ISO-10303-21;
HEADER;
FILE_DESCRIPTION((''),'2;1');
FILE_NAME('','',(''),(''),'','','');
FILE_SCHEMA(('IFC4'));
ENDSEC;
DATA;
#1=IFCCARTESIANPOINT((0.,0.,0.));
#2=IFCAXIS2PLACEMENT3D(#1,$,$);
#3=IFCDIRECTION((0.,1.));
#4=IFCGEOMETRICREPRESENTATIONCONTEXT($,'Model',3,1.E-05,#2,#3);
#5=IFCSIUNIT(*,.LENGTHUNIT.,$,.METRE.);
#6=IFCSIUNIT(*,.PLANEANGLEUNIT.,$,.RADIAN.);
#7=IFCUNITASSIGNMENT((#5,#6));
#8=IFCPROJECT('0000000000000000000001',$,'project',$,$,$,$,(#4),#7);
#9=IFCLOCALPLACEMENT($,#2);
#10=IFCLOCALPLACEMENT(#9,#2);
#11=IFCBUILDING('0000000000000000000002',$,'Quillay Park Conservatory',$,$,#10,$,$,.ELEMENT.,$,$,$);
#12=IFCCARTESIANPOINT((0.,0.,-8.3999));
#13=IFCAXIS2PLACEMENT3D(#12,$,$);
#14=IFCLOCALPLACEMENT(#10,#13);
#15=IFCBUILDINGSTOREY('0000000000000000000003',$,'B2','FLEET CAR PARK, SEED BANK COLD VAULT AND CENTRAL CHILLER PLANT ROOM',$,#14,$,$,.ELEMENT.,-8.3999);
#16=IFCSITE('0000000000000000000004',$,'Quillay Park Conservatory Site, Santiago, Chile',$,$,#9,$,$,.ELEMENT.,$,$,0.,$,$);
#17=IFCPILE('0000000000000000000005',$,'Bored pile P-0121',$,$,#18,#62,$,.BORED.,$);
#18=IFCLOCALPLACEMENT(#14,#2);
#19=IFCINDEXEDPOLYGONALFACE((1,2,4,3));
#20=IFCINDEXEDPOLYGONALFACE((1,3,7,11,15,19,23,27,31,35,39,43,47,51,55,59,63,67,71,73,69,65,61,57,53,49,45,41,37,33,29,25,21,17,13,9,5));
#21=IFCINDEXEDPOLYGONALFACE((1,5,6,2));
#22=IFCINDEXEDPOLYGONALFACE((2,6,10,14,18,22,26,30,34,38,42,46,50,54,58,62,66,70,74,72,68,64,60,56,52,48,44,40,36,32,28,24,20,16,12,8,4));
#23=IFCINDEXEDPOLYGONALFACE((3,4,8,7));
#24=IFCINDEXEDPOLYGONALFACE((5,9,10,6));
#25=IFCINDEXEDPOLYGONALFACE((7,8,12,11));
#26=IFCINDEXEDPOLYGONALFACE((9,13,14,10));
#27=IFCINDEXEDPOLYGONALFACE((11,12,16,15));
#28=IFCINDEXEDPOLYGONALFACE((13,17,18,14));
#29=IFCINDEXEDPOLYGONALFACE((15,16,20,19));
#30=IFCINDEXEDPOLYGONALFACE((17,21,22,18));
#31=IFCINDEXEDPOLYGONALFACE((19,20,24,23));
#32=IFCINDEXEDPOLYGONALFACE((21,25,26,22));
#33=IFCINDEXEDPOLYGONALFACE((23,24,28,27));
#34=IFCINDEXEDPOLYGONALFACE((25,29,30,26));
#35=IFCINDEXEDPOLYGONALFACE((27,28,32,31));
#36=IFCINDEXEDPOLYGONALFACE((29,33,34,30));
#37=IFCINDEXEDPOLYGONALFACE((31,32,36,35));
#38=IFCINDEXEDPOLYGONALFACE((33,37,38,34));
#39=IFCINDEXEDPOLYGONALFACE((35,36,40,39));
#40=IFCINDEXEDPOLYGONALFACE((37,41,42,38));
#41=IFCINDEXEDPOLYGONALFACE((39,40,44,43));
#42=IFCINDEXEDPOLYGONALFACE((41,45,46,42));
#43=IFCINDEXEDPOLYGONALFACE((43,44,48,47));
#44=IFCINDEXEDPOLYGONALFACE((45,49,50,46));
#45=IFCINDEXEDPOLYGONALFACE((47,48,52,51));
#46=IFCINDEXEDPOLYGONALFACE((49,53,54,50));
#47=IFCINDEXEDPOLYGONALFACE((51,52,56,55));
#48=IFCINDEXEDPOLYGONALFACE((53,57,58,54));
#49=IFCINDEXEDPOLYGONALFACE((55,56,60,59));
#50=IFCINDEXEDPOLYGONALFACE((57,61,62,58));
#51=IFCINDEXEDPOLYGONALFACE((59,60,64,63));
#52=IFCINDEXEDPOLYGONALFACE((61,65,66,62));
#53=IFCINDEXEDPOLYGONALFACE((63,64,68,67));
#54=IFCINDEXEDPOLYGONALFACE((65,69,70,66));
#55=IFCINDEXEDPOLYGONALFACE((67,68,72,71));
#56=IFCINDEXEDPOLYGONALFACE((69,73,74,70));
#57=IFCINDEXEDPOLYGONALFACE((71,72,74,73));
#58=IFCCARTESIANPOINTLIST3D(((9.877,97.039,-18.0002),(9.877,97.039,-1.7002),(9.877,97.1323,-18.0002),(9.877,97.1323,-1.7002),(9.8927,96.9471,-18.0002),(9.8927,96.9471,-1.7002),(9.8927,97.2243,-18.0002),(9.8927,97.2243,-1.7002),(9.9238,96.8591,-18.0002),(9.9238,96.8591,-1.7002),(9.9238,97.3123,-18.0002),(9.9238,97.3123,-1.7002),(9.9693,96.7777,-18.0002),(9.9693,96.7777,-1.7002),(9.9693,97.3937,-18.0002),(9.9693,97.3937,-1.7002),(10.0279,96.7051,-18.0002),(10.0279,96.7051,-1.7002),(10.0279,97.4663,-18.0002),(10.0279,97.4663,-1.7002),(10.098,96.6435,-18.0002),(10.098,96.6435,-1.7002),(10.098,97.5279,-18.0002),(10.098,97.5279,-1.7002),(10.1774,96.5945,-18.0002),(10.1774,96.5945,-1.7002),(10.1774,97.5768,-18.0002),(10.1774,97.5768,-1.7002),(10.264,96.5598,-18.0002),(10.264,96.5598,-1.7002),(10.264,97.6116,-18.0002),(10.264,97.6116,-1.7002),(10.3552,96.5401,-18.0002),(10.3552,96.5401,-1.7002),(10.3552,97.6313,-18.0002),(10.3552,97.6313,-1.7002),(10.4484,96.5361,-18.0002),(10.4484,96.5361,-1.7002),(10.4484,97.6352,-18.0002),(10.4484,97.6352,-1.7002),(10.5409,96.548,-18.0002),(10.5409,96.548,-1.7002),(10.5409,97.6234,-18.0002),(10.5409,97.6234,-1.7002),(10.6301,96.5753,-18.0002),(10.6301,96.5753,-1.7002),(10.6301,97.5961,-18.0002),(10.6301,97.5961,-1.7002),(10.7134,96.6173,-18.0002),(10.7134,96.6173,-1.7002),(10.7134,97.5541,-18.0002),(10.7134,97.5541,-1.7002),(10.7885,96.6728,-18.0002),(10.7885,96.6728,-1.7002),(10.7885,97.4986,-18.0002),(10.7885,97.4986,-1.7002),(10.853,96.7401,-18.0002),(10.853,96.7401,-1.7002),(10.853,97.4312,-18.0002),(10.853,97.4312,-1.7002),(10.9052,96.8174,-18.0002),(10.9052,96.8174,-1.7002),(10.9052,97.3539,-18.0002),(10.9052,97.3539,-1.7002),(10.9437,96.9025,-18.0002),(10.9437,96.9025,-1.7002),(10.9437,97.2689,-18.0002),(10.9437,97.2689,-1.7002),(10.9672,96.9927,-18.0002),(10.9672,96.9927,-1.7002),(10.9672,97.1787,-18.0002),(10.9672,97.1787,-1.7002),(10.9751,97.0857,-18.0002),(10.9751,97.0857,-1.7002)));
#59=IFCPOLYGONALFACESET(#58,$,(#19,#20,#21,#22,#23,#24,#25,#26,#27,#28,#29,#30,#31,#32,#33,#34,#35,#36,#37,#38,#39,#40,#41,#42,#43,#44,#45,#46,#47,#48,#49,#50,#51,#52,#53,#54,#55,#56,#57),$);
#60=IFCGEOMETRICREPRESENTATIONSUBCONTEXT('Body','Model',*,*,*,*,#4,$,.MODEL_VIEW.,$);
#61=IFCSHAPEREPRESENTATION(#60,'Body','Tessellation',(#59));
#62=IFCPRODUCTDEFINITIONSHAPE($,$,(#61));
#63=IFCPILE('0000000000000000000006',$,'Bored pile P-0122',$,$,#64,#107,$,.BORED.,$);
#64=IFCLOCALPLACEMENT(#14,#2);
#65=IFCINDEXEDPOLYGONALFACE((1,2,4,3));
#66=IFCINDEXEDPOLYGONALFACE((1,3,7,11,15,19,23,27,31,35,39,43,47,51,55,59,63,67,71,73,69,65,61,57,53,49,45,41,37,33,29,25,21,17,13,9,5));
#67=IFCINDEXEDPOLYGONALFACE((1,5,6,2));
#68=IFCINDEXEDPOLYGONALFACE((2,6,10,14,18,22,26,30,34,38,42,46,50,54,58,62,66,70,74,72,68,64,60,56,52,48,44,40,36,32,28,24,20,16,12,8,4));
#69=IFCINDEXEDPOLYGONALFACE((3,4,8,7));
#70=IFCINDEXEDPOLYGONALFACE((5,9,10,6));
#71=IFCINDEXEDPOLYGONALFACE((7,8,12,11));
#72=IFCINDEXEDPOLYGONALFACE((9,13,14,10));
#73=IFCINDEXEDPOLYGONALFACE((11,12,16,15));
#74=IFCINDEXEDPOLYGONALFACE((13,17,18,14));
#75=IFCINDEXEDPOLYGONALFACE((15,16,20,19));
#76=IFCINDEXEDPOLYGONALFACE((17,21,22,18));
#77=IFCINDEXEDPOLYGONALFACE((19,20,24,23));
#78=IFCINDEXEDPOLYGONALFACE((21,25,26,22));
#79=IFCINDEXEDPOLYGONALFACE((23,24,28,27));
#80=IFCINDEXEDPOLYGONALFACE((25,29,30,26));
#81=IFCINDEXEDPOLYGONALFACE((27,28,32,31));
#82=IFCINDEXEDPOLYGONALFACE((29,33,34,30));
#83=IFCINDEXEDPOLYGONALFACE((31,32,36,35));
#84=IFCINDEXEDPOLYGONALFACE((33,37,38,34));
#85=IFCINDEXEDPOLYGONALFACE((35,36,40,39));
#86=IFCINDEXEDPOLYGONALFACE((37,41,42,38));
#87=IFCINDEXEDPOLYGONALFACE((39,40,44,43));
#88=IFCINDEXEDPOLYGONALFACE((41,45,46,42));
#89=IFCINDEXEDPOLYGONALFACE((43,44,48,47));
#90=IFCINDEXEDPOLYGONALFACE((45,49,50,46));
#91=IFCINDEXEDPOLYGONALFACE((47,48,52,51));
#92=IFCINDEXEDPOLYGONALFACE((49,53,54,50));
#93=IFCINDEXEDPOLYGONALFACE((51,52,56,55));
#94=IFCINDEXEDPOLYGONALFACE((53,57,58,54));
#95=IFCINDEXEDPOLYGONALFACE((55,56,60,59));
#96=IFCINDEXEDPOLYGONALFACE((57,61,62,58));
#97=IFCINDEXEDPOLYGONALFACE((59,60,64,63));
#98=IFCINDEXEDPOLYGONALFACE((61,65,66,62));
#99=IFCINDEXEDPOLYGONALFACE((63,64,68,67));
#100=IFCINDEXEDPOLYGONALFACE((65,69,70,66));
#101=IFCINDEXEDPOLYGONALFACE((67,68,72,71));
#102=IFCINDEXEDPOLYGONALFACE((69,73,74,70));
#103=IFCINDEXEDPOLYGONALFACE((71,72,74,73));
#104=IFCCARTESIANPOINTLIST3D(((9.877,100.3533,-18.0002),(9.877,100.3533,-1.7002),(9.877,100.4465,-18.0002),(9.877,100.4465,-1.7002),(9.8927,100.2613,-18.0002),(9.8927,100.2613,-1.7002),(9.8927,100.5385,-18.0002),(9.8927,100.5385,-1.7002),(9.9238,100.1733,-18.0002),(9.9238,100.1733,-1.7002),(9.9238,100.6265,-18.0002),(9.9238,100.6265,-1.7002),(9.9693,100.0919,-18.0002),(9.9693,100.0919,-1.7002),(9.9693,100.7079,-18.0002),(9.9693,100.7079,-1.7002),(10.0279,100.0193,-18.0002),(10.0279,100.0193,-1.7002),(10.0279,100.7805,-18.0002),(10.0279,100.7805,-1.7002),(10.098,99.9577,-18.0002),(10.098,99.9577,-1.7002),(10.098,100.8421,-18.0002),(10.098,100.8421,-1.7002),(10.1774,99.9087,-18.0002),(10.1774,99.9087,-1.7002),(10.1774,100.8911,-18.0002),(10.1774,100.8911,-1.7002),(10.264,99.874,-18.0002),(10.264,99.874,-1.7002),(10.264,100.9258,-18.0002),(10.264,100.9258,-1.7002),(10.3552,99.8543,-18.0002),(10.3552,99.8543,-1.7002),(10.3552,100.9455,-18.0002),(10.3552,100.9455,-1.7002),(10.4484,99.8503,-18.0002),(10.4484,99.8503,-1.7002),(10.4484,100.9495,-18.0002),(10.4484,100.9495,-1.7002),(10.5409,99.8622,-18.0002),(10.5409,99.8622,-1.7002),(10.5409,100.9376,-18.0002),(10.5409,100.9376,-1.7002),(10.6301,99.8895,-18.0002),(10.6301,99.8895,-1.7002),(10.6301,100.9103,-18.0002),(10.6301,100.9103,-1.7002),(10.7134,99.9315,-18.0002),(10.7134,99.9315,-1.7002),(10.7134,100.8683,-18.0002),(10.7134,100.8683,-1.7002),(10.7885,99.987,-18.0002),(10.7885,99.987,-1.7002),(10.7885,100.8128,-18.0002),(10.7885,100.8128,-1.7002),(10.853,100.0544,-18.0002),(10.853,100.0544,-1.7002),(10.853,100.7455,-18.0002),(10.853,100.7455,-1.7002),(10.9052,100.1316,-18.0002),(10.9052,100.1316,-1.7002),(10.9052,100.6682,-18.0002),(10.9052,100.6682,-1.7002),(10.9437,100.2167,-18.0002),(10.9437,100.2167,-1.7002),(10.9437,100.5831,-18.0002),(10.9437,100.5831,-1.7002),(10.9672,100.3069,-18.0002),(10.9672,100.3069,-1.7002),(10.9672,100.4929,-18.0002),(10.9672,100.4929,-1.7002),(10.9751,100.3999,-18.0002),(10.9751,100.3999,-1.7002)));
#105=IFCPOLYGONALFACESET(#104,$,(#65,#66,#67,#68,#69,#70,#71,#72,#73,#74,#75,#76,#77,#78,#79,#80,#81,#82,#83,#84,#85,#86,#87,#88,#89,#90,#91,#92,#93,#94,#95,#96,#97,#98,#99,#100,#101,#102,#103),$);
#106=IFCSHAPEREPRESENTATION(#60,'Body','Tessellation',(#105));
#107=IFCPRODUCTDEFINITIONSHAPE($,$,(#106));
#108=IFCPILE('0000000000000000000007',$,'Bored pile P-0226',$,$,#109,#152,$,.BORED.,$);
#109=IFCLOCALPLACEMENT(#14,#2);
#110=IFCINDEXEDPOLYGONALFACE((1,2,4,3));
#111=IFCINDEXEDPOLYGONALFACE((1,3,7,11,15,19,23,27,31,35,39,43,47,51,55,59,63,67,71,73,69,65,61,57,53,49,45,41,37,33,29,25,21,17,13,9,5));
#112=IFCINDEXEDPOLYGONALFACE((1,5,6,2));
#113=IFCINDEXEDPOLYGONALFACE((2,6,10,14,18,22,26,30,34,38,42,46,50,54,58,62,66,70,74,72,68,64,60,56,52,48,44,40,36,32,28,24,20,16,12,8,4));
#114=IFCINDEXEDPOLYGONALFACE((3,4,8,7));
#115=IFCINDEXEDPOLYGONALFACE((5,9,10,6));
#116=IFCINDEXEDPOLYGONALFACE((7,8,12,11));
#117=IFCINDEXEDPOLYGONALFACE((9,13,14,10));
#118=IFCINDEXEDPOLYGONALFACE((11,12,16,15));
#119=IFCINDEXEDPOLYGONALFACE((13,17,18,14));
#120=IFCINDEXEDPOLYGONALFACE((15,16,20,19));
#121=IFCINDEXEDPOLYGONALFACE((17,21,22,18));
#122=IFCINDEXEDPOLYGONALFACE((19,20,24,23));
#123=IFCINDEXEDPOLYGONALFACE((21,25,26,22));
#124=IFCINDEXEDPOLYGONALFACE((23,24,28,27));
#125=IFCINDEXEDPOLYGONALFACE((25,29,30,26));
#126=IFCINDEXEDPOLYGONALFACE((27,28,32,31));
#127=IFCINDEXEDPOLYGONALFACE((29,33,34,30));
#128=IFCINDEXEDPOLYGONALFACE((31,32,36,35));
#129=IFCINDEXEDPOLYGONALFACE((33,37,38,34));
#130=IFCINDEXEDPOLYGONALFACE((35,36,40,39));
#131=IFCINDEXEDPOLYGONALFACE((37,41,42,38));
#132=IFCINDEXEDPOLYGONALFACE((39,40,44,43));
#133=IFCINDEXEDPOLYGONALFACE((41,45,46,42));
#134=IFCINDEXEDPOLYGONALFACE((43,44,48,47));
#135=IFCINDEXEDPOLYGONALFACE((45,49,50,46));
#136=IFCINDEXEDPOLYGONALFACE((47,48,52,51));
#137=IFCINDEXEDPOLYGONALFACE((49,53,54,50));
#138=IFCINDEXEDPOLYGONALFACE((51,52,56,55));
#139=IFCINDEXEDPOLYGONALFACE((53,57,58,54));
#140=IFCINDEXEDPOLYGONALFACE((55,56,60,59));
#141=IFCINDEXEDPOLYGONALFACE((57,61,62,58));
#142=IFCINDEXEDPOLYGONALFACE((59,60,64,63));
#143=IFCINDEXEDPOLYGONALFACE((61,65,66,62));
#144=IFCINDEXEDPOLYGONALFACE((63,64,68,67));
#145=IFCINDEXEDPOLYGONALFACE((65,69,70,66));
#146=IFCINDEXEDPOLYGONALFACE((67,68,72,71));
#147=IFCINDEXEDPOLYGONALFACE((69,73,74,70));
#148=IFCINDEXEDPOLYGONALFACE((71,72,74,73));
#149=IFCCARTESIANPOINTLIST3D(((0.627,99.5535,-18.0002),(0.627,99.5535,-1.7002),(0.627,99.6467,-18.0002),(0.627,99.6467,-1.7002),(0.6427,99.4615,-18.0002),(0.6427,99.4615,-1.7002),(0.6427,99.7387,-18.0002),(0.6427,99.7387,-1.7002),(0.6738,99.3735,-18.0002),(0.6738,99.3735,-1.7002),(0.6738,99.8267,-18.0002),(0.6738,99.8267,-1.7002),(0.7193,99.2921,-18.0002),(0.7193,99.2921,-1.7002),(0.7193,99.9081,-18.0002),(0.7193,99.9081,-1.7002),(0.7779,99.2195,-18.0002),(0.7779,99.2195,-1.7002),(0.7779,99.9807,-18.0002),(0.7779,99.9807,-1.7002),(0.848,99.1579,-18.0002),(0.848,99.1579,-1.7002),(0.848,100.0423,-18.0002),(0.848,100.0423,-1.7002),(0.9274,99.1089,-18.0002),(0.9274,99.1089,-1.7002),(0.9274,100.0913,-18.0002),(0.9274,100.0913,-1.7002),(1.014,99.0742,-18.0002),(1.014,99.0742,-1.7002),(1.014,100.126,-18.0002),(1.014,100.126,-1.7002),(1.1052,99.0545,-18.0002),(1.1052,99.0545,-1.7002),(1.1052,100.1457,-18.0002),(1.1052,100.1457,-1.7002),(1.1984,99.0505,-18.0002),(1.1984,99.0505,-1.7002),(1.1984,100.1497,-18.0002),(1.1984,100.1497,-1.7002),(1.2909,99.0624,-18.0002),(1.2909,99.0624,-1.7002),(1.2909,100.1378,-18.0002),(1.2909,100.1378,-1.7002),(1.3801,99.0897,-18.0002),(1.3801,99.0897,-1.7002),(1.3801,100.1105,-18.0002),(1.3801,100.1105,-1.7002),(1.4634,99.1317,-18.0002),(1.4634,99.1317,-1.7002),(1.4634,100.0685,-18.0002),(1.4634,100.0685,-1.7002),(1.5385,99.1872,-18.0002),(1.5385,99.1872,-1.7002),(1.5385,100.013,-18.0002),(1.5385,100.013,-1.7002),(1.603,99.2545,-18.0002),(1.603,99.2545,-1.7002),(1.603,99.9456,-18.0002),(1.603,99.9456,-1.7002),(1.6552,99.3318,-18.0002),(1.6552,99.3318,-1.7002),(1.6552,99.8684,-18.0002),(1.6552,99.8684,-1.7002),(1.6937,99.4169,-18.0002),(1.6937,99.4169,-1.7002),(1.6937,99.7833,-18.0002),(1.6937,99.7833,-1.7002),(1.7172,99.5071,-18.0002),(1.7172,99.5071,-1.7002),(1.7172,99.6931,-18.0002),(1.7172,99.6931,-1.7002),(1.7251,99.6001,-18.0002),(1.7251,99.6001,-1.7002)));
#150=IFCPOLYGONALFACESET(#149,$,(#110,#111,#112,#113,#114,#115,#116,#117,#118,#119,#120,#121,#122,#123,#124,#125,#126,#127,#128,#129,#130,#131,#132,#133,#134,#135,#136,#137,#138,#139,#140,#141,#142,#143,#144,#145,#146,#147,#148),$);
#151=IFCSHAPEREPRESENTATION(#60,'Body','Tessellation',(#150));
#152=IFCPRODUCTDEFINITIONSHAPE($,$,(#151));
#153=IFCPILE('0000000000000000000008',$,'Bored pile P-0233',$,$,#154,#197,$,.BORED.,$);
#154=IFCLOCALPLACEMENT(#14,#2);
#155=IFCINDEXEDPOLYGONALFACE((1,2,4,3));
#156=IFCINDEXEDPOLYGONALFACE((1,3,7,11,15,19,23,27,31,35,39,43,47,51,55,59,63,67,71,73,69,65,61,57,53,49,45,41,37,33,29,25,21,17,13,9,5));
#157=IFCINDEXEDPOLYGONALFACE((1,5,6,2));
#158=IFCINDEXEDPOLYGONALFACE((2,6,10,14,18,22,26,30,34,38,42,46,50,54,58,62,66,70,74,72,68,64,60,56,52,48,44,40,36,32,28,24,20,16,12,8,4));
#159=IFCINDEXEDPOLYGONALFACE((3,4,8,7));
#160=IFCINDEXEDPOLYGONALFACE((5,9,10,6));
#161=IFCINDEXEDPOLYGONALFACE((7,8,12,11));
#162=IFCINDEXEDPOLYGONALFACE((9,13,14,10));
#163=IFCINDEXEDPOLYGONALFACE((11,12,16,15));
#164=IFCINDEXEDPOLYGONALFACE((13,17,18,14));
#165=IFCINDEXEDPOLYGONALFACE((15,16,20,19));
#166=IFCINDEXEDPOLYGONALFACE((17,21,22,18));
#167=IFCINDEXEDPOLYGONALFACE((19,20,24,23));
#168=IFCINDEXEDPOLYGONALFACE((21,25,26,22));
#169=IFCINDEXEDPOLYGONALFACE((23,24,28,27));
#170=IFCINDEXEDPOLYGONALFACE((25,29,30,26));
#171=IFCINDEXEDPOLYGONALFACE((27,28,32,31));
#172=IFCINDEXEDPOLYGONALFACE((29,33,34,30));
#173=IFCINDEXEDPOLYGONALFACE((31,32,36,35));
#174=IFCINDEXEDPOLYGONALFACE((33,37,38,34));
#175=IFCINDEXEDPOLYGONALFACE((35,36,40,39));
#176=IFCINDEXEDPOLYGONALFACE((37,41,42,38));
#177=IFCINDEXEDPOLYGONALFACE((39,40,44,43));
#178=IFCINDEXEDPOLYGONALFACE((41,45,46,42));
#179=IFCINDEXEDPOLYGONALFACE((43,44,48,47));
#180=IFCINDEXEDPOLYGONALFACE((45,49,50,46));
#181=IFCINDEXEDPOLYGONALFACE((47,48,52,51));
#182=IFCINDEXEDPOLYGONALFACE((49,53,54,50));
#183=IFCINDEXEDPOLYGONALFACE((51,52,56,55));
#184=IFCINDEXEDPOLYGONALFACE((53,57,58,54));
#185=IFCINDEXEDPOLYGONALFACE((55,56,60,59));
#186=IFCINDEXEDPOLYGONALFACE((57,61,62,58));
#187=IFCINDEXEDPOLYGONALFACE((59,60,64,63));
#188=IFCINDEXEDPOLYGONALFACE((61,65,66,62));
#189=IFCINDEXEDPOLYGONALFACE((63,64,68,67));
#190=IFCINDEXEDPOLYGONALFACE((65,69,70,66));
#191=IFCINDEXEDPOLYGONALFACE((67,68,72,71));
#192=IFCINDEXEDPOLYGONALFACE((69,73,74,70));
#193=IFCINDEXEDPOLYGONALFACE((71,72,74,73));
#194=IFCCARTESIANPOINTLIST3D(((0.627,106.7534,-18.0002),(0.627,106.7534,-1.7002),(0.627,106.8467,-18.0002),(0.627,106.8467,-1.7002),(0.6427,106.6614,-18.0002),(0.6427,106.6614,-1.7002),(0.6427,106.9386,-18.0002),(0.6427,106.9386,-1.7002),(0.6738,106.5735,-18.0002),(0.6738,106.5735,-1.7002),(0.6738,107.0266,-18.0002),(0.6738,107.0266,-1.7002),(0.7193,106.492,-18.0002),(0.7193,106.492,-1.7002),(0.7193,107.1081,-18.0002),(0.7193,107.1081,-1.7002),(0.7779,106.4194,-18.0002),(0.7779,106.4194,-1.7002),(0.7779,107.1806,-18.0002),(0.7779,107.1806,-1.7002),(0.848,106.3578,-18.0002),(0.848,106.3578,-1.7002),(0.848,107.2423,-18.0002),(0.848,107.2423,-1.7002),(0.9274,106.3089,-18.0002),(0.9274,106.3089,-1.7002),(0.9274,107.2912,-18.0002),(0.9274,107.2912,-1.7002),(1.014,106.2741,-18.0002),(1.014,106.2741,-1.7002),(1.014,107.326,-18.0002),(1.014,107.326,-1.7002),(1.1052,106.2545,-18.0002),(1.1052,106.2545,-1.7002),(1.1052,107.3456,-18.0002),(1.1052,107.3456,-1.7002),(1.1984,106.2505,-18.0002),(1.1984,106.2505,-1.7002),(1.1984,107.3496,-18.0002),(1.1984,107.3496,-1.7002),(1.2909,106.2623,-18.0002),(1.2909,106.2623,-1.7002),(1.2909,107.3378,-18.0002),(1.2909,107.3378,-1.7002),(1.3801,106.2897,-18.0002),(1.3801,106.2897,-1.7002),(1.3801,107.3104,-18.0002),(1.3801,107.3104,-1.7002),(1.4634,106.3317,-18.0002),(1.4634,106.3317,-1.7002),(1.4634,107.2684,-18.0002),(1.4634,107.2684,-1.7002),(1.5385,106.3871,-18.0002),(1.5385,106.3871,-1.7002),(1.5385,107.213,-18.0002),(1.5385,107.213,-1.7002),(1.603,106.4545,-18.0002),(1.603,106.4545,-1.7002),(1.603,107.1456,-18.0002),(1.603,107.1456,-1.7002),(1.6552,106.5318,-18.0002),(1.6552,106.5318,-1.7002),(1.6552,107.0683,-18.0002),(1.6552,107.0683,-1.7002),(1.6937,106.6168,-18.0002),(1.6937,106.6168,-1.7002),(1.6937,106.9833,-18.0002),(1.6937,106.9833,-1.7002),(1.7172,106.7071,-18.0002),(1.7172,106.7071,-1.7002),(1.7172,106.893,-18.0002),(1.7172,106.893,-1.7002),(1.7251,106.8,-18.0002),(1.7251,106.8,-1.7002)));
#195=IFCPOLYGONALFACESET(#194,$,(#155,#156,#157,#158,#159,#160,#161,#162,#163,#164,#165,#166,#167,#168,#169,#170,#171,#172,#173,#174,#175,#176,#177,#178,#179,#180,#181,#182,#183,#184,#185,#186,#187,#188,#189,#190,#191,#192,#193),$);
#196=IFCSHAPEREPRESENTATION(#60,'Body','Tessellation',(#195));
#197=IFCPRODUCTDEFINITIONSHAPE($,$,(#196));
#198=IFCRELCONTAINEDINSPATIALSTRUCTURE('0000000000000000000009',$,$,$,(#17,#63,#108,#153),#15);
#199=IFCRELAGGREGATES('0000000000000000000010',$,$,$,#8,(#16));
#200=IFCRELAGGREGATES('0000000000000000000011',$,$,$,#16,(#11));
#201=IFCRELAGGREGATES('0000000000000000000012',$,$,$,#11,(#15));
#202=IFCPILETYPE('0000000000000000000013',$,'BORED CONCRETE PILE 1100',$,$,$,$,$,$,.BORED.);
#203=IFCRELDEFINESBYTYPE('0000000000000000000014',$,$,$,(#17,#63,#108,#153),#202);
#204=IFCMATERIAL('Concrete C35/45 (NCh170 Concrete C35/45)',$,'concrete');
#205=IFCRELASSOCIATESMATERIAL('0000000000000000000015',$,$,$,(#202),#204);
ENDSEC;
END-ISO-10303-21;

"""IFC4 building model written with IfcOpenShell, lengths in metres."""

from ifc_helpers import new_model, si_unit, direction, frame, origin, origin_2d, place, context, subcontext, project, spatial, circle, extrude, material, material_profile, profile_set, type_object, element, save


model = new_model("IFC4")

# Units and contexts
model_context = context("Model", 3, precision=1e-05, world=origin(), true_north=direction((0.0, 1.0)))
body_context = subcontext(model_context, "Body", "Model", "MODEL_VIEW")
ifc_project = project(units=[si_unit("LENGTHUNIT", "METRE"), si_unit("PLANEANGLEUNIT", "RADIAN")], contexts=[model_context])

# Site, building, storey
site_placement = place(None, origin())
site = spatial("IfcSite", under=ifc_project, at=site_placement, Name="Quillay Park Conservatory Site, Santiago, Chile", CompositionType="ELEMENT", RefElevation=0.0)
building_placement = place(site_placement, origin())
building = spatial("IfcBuilding", under=site, at=building_placement, Name="Quillay Park Conservatory", CompositionType="ELEMENT")
storey_placement = place(building_placement, frame((0.0, 0.0, -8.3999)))
storey = spatial("IfcBuildingStorey", under=building, at=storey_placement, Name="B2", Description="FLEET CAR PARK, SEED BANK COLD VAULT AND CENTRAL CHILLER PLANT ROOM", CompositionType="ELEMENT", Elevation=-8.3999)

# Piles
ifc_material_1 = material(Name="Concrete C35/45 (NCh170 Concrete C35/45)", Category="concrete")
ifc_material_profile_1 = material_profile(ifc_material_1, circle(Radius=0.55, at=origin_2d()), Name="PILE1100")
ifc_profile_set_1 = profile_set([ifc_material_profile_1], Name="Concrete C35/45 (NCh170 Concrete C35/45)")
pile_type = type_object("IfcPileType", Name="BORED CONCRETE PILE 1100", PredefinedType="BORED", material=ifc_profile_set_1)
for number, where, z_axis, x_axis, name in (
    (1, (10.425, 97.0857, -1.7002), (0.0, 0.0, -1.0), (1.0, 0.0, 0.0), "Bored pile P-0121"),
    (2, (10.425, 100.3999, -1.7002), (0.0, 0.0, -1.0), (1.0, 0.0, 0.0), "Bored pile P-0122"),
    (3, (1.175, 99.6001, -1.7002), (0.0, 0.0, -1.0), (1.0, 0.0, 0.0), "Bored pile P-0226"),
    (4, (1.175, 106.8, -1.7002), (0.0, 0.0, -1.0), (1.0, 0.0, 0.0), "Bored pile P-0233"),
):
    element("IfcPile", number, at=place(storey_placement, frame(where, z_axis=z_axis, x_axis=x_axis)), inside=storey, type_object=pile_type, Name=name, PredefinedType="BORED", context=body_context, shape_type="SweptSolid", body=[
        extrude(circle(Radius=0.55, at=origin_2d()), origin(), (0.0, 0.0, 1.0), 16.3),
    ])

save(model, "model.ifc")
